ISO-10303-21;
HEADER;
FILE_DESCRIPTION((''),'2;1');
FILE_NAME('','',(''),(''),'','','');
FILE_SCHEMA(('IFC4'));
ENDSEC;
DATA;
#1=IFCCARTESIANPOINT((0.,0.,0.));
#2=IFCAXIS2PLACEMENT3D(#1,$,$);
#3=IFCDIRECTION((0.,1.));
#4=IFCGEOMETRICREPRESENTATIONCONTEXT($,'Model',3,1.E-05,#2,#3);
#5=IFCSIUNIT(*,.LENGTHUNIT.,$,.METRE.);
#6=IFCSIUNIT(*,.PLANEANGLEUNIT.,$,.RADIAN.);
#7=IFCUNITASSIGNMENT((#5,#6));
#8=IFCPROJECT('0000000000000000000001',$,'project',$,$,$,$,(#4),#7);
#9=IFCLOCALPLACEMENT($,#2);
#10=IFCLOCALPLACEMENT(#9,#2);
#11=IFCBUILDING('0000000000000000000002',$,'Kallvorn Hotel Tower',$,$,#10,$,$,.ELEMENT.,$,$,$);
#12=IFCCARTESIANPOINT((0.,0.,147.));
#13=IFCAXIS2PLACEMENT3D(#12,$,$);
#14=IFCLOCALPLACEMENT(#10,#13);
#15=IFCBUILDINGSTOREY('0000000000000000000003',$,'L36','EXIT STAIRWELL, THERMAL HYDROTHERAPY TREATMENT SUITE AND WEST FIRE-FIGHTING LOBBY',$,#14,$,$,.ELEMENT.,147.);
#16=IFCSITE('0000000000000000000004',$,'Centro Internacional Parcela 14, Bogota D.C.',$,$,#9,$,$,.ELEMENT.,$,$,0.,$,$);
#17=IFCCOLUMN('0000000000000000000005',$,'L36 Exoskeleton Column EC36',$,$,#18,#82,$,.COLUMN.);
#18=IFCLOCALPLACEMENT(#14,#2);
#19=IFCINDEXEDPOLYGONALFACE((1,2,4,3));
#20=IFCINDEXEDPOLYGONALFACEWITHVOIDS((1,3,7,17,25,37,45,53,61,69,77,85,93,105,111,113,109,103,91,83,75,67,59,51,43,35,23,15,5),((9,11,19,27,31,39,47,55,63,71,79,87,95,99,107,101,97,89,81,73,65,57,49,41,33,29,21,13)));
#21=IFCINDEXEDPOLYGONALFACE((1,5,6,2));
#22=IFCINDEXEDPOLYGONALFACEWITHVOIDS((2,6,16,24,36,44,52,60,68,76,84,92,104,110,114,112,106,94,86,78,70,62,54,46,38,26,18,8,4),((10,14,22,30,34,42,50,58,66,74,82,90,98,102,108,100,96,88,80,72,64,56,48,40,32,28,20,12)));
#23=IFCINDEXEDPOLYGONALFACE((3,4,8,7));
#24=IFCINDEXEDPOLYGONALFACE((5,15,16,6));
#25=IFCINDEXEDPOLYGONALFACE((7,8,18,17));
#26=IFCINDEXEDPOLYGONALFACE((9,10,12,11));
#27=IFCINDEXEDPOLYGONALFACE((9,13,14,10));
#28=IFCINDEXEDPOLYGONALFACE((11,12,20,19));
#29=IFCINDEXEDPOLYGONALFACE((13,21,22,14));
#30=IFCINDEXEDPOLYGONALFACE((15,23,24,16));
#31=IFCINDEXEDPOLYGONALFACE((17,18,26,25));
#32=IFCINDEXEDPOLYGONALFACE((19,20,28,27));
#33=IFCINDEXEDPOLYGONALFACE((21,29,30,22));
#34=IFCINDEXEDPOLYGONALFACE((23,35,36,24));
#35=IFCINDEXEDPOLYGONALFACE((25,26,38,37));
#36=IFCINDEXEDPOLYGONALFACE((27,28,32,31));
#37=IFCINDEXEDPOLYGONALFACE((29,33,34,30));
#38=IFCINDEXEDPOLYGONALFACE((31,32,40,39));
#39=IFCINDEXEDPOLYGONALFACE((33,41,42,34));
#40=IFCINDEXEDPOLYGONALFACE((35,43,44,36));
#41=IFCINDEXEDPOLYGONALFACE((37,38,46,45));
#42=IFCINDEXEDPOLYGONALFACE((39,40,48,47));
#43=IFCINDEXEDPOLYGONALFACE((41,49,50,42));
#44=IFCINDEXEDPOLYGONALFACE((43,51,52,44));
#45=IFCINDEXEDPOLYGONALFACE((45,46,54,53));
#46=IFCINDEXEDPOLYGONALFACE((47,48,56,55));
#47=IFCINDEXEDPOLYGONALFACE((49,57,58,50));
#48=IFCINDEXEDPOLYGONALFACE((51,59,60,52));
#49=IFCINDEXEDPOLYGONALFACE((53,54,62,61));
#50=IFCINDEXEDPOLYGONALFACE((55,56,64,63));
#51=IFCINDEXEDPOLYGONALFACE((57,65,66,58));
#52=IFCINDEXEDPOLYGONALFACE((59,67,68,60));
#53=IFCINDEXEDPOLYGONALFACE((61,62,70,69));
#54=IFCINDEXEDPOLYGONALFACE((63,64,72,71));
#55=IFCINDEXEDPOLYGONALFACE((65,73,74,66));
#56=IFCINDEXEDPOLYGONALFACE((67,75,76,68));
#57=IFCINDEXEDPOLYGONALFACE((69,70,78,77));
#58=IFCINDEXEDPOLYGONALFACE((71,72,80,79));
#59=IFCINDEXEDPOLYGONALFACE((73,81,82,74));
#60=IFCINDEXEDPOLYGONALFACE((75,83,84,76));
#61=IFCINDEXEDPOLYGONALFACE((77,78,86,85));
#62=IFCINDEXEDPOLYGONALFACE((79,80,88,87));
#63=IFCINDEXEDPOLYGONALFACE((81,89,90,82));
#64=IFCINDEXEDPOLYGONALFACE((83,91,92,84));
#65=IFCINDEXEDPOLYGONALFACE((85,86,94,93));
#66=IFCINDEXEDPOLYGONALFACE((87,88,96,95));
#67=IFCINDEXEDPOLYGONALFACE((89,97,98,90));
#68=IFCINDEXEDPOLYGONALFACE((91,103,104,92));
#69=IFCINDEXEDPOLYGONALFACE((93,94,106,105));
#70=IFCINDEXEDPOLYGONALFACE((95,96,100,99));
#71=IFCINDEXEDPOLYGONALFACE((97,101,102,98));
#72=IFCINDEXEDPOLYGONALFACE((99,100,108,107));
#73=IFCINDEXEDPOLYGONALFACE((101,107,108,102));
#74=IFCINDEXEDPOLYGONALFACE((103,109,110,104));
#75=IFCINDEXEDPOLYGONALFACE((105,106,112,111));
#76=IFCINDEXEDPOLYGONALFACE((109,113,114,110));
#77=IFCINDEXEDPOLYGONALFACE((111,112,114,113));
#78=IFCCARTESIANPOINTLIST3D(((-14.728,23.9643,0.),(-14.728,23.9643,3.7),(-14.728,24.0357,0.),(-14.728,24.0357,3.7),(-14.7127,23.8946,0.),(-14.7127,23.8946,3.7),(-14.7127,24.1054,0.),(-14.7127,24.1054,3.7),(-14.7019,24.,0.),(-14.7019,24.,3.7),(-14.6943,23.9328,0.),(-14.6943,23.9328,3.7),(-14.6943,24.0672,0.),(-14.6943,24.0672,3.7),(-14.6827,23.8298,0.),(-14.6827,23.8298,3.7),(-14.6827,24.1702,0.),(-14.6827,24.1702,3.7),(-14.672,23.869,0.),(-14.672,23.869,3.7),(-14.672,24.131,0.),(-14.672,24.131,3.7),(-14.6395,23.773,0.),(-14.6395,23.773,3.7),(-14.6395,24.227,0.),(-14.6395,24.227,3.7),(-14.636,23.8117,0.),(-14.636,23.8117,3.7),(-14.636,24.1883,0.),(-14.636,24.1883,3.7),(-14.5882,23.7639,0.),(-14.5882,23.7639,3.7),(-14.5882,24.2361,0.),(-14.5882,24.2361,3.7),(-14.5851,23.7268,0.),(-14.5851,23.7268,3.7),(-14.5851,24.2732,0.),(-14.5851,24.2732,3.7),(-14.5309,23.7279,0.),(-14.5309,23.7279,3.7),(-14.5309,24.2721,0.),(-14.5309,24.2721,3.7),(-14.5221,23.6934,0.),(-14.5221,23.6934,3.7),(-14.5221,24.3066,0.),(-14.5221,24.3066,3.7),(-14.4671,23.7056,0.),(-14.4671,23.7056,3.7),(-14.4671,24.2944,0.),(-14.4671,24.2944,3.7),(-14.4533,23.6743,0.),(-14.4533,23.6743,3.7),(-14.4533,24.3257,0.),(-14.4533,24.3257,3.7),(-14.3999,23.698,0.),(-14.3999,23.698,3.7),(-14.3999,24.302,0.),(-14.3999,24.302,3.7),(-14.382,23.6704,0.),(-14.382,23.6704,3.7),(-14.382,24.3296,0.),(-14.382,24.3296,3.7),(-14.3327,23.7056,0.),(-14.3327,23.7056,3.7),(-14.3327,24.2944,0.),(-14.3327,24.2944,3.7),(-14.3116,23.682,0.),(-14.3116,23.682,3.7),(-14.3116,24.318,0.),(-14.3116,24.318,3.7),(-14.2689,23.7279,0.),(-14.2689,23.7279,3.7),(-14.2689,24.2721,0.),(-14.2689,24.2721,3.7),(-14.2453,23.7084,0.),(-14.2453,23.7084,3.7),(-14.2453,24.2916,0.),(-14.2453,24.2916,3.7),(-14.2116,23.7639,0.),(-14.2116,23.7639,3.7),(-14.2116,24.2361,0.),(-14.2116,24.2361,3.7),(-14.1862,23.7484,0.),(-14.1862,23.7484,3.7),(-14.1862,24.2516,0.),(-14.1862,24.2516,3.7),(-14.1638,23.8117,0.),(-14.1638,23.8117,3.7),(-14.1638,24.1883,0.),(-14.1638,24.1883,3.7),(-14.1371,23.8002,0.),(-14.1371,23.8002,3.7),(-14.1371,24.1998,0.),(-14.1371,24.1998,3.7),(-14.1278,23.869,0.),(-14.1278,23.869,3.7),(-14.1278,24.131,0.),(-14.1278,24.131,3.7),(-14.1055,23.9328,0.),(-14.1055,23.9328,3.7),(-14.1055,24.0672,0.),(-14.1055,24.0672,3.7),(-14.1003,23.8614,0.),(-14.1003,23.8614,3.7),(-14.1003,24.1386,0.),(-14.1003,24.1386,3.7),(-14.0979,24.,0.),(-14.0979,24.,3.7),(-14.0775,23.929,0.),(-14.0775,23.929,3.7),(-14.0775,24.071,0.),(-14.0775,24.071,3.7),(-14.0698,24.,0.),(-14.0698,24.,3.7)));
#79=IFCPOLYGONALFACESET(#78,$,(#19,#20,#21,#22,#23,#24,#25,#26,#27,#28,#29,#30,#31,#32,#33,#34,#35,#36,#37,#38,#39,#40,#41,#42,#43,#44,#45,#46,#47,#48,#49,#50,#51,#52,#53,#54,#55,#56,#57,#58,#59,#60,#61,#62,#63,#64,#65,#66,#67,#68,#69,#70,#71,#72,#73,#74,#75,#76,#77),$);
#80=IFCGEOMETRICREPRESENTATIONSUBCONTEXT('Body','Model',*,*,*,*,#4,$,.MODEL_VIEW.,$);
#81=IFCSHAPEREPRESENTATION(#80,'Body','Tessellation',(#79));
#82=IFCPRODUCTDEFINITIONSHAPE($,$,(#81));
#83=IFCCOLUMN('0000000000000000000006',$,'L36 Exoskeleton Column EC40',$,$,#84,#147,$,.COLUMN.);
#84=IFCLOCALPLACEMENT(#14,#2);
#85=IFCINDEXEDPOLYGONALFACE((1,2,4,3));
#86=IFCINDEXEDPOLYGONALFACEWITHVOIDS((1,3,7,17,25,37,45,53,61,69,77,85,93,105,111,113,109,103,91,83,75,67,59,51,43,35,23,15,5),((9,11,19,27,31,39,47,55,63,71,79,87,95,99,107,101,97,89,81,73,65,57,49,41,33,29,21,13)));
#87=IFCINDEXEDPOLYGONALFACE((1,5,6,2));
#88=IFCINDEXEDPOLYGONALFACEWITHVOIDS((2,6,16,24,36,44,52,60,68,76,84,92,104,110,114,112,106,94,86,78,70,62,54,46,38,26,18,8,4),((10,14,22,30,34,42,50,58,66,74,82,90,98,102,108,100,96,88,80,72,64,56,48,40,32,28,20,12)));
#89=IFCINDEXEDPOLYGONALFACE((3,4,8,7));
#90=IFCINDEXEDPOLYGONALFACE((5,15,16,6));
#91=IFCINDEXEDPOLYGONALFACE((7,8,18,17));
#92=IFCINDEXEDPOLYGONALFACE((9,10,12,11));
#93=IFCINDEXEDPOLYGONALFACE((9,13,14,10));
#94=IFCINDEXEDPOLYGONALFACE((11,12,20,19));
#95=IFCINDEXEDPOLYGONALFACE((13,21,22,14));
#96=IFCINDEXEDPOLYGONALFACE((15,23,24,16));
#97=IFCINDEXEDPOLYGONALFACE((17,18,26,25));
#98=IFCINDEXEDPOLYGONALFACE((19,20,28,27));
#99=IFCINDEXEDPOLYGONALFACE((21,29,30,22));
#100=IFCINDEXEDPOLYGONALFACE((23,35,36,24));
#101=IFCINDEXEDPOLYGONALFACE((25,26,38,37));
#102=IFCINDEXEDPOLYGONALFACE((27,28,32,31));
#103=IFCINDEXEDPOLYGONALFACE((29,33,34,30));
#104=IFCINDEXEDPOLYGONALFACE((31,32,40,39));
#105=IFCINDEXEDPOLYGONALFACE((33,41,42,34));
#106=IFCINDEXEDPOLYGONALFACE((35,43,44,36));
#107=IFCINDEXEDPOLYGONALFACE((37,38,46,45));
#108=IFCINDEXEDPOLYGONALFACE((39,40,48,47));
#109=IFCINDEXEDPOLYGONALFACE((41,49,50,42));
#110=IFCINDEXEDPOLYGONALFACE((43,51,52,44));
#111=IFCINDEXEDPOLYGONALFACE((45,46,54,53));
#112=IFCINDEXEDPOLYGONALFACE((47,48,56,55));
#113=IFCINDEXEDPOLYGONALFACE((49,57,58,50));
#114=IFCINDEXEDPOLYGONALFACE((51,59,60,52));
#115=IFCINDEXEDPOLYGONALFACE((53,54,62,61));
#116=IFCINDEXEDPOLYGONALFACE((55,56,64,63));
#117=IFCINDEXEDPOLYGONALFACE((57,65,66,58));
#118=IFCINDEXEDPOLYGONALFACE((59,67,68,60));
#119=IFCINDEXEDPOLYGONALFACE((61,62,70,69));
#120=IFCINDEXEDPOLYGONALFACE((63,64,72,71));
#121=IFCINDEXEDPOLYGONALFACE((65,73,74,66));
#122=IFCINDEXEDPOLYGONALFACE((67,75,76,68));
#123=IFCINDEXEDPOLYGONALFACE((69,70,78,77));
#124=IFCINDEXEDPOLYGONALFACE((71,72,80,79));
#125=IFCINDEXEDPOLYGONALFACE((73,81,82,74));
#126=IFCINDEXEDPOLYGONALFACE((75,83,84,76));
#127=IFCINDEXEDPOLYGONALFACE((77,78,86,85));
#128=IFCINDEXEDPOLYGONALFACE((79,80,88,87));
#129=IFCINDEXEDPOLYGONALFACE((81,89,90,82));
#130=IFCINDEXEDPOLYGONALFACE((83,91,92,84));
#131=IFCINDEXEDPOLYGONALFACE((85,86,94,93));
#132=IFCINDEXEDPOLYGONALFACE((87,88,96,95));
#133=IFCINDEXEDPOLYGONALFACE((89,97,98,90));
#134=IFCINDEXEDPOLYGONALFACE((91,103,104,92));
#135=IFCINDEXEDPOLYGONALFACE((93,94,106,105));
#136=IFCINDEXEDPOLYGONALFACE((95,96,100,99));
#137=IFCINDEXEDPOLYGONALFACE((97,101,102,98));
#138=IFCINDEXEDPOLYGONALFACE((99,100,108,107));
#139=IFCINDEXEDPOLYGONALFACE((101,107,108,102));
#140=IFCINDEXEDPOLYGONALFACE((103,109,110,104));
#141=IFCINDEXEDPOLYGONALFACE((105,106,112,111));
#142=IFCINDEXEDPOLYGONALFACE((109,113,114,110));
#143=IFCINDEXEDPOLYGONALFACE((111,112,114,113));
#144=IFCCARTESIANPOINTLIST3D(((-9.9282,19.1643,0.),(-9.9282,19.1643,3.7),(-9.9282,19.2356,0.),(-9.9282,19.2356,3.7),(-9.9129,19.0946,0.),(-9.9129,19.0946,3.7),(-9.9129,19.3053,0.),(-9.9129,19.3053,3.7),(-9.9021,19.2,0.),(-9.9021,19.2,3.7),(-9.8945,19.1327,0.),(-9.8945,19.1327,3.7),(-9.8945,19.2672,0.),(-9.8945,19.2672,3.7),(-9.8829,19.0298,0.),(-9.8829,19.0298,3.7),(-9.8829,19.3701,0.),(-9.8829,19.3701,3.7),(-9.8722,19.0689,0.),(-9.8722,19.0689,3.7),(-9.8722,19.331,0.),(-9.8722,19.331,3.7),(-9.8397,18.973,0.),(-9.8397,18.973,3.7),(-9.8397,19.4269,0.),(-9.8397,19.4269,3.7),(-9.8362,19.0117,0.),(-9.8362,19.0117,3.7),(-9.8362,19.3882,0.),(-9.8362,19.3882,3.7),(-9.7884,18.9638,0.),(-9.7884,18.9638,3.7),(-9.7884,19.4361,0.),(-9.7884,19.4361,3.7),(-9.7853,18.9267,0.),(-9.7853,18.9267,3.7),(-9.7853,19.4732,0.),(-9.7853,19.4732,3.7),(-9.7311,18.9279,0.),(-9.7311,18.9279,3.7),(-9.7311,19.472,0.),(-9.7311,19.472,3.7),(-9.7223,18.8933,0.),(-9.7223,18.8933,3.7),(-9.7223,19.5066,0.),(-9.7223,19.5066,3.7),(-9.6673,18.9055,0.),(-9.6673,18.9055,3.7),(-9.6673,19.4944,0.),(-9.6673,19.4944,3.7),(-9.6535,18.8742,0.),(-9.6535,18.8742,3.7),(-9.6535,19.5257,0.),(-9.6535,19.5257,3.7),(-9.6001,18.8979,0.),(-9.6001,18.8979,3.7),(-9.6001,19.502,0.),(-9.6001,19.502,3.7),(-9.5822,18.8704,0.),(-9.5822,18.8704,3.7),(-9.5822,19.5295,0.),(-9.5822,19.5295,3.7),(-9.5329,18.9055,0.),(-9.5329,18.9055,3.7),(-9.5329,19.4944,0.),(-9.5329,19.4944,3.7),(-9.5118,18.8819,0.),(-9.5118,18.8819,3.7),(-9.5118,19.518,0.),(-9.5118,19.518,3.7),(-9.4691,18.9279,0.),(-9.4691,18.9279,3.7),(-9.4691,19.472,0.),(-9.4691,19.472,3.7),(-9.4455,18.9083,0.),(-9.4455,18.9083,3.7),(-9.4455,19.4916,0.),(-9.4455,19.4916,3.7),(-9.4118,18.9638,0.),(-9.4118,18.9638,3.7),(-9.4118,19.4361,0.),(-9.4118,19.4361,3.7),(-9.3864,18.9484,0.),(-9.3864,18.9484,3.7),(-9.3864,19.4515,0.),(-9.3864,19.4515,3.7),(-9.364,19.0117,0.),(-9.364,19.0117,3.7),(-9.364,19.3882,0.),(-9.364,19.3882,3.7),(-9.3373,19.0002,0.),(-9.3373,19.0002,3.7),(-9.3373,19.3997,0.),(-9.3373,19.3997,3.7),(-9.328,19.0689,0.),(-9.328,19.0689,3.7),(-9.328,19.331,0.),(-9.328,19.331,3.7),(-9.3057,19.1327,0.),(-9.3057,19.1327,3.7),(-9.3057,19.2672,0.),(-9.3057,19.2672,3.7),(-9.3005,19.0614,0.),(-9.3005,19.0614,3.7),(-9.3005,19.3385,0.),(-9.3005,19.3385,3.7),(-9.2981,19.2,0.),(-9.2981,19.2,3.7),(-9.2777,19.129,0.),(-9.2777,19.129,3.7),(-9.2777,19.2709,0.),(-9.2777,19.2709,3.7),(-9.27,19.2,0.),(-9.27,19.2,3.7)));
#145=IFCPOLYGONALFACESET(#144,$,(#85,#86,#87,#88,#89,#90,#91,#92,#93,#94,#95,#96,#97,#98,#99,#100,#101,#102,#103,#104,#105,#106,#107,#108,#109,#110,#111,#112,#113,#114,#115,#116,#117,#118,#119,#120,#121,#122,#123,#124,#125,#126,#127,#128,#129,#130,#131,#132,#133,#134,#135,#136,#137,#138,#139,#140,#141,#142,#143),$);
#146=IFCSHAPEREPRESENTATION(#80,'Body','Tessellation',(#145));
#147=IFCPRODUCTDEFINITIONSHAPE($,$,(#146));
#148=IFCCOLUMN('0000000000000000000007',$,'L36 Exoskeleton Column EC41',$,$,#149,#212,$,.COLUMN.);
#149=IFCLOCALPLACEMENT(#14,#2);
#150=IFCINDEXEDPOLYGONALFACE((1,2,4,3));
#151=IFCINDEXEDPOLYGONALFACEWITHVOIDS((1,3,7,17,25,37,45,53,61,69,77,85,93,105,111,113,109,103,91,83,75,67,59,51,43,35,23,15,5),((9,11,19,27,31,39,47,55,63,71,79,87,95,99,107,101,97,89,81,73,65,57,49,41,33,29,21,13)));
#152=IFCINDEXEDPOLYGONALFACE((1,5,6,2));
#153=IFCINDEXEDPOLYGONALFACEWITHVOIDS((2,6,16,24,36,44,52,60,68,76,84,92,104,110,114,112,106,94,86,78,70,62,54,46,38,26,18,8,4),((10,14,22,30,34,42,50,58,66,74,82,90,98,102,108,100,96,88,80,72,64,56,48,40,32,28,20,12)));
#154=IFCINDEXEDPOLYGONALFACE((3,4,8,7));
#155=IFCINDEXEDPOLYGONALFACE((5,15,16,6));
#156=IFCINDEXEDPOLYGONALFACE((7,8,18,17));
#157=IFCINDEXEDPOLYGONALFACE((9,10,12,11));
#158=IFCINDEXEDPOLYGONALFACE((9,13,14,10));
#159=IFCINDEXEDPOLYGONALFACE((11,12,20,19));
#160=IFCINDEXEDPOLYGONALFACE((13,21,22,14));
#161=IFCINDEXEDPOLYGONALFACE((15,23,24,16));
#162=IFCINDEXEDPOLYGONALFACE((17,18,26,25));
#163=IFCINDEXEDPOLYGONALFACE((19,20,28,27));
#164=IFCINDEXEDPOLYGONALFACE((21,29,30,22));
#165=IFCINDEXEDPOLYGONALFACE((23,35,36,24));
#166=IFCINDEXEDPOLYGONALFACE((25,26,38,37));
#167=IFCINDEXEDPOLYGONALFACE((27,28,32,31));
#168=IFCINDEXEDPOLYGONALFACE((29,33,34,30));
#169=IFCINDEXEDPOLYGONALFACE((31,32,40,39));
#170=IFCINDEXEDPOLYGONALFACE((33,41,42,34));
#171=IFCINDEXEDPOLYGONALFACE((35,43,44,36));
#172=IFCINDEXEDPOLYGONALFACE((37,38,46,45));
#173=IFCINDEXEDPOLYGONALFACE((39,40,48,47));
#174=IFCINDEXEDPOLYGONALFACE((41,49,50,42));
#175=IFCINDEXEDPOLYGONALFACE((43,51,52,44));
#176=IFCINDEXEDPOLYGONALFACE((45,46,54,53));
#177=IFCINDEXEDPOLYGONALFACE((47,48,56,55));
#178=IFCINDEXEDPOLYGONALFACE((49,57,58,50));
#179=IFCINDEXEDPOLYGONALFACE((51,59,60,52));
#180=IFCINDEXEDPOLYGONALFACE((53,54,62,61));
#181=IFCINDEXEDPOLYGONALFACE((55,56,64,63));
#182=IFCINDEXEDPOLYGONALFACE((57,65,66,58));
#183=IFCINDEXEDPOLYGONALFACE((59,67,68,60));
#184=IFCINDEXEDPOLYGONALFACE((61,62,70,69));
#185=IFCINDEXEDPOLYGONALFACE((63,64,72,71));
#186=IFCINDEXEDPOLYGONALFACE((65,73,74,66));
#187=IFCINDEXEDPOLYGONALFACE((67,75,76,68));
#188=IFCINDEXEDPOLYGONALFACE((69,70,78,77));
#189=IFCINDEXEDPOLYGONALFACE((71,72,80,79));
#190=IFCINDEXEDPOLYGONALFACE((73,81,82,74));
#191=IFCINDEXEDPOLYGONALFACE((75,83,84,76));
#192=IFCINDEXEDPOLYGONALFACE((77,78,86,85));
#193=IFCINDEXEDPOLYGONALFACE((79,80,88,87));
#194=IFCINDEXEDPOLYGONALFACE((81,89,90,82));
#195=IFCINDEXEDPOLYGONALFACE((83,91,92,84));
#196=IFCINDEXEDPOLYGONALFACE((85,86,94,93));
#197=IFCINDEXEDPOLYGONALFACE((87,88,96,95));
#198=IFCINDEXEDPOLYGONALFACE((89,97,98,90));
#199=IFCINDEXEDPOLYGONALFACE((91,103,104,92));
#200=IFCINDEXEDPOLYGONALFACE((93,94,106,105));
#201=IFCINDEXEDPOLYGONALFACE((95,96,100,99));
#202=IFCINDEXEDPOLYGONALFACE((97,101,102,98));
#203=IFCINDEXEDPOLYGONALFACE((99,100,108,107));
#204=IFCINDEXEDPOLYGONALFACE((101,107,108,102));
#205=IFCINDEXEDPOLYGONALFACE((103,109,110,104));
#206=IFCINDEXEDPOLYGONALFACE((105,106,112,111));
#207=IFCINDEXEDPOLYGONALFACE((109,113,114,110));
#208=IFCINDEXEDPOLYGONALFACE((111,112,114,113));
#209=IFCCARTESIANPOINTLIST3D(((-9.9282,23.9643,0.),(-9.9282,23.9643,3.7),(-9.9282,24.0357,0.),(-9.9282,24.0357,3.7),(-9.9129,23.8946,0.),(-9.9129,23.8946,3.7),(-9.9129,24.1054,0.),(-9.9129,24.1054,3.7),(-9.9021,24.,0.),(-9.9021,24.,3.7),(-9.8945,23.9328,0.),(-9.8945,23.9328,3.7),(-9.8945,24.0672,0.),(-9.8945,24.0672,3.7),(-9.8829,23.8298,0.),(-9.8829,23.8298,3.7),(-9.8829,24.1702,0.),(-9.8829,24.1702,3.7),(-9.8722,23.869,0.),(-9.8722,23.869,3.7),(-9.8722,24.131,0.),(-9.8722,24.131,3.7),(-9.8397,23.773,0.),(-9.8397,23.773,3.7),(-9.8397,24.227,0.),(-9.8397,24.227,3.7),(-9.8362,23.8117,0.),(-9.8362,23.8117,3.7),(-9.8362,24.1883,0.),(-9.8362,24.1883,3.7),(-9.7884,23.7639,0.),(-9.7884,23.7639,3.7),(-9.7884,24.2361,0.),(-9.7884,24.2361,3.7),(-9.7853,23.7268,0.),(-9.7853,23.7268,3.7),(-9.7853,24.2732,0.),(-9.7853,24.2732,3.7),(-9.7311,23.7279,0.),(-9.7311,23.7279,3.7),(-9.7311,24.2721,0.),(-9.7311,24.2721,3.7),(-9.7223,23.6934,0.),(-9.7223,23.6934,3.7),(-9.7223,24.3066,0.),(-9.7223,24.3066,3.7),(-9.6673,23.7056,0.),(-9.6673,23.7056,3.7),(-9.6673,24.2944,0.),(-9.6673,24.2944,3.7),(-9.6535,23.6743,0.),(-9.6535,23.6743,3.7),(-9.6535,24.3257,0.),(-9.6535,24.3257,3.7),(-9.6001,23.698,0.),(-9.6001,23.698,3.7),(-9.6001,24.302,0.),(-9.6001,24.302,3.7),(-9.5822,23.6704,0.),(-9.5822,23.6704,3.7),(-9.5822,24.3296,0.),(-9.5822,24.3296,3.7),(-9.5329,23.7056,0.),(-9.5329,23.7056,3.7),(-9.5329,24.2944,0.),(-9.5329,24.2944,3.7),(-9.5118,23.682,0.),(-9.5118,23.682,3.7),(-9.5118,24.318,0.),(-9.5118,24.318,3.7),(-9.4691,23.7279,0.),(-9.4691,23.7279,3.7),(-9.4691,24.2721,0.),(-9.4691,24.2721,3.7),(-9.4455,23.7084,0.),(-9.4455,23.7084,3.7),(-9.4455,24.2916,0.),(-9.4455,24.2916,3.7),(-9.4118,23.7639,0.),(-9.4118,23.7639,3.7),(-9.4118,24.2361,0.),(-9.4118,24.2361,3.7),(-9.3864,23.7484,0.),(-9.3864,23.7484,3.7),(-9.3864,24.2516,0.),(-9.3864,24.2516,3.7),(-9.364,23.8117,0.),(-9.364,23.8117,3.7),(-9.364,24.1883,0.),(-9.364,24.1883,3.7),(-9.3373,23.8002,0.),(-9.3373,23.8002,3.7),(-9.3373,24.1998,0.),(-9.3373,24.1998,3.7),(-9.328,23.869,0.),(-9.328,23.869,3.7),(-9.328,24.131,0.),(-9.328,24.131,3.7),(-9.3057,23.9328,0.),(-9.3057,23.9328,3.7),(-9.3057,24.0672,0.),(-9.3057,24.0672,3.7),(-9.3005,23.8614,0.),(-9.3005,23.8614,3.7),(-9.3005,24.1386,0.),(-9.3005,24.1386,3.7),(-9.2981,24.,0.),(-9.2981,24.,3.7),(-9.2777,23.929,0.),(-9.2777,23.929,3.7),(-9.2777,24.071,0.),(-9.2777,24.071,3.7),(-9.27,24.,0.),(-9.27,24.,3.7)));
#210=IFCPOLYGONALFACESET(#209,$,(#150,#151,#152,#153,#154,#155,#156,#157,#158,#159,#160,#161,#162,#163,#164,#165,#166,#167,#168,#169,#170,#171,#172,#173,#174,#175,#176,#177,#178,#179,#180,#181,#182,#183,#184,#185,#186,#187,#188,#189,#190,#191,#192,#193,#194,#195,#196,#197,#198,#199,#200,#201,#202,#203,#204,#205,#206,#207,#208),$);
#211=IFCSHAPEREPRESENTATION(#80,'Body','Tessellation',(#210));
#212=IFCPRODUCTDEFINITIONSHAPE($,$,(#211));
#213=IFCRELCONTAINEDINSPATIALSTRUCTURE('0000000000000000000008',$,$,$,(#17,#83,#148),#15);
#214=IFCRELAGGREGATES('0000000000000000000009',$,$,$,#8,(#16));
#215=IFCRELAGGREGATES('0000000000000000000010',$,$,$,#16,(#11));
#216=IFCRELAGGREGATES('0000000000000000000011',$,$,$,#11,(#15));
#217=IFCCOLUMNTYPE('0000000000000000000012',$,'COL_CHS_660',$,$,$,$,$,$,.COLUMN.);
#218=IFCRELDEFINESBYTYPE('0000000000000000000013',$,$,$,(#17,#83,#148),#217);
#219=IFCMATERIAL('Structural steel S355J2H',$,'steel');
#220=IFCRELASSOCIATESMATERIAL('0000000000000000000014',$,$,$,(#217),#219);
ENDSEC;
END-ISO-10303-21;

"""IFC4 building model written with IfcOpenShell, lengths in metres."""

from ifc_helpers import new_model, si_unit, direction, frame, origin, origin_2d, place, context, subcontext, project, spatial, hollow_circle, extrude, material, material_profile, profile_set, type_object, element, save


model = new_model("IFC4")

# Units and contexts
model_context = context("Model", 3, precision=1e-05, world=origin(), true_north=direction((0.0, 1.0)))
body_context = subcontext(model_context, "Body", "Model", "MODEL_VIEW")
ifc_project = project(units=[si_unit("LENGTHUNIT", "METRE"), si_unit("PLANEANGLEUNIT", "RADIAN")], contexts=[model_context])

# Site, building, storey
site_placement = place(None, origin())
site = spatial("IfcSite", under=ifc_project, at=site_placement, Name="Centro Internacional Parcela 14, Bogota D.C.", CompositionType="ELEMENT", RefElevation=0.0)
building_placement = place(site_placement, origin())
building = spatial("IfcBuilding", under=site, at=building_placement, Name="Kallvorn Hotel Tower", CompositionType="ELEMENT")
storey_placement = place(building_placement, frame((0.0, 0.0, 147.0)))
storey = spatial("IfcBuildingStorey", under=building, at=storey_placement, Name="L36", Description="EXIT STAIRWELL, THERMAL HYDROTHERAPY TREATMENT SUITE AND WEST FIRE-FIGHTING LOBBY", CompositionType="ELEMENT", Elevation=147.0)

# Columns
ifc_material_1 = material(Name="Structural steel S355J2H", Category="steel")
ifc_material_profile_1 = material_profile(ifc_material_1, hollow_circle(Radius=0.3301, WallThickness=0.0281, at=origin_2d()), Name="CHS 660x28")
ifc_profile_set_1 = profile_set([ifc_material_profile_1], Name="Structural steel S355J2H")
column_type_1 = type_object("IfcColumnType", Name="COL_CHS_660", PredefinedType="COLUMN", material=ifc_profile_set_1)
for number, where, z_axis, x_axis, name in (
    (1, (-14.3999, 24.0, 0.0), (0.0, 0.0, 1.0), (1.0, 0.0, 0.0), "L36 Exoskeleton Column EC36"),
    (2, (-9.6001, 19.2, 0.0), (0.0, 0.0, 1.0), (1.0, 0.0, 0.0), "L36 Exoskeleton Column EC40"),
    (3, (-9.6001, 24.0, 0.0), (0.0, 0.0, 1.0), (1.0, 0.0, 0.0), "L36 Exoskeleton Column EC41"),
):
    element("IfcColumn", number, at=place(storey_placement, frame(where, z_axis=z_axis, x_axis=x_axis)), inside=storey, type_object=column_type_1, Name=name, PredefinedType="COLUMN", context=body_context, shape_type="SweptSolid", body=[
        extrude(hollow_circle(Radius=0.3301, WallThickness=0.0281, at=origin_2d()), origin(), (0.0, 0.0, 1.0), 3.7),
    ])

save(model, "model.ifc")
